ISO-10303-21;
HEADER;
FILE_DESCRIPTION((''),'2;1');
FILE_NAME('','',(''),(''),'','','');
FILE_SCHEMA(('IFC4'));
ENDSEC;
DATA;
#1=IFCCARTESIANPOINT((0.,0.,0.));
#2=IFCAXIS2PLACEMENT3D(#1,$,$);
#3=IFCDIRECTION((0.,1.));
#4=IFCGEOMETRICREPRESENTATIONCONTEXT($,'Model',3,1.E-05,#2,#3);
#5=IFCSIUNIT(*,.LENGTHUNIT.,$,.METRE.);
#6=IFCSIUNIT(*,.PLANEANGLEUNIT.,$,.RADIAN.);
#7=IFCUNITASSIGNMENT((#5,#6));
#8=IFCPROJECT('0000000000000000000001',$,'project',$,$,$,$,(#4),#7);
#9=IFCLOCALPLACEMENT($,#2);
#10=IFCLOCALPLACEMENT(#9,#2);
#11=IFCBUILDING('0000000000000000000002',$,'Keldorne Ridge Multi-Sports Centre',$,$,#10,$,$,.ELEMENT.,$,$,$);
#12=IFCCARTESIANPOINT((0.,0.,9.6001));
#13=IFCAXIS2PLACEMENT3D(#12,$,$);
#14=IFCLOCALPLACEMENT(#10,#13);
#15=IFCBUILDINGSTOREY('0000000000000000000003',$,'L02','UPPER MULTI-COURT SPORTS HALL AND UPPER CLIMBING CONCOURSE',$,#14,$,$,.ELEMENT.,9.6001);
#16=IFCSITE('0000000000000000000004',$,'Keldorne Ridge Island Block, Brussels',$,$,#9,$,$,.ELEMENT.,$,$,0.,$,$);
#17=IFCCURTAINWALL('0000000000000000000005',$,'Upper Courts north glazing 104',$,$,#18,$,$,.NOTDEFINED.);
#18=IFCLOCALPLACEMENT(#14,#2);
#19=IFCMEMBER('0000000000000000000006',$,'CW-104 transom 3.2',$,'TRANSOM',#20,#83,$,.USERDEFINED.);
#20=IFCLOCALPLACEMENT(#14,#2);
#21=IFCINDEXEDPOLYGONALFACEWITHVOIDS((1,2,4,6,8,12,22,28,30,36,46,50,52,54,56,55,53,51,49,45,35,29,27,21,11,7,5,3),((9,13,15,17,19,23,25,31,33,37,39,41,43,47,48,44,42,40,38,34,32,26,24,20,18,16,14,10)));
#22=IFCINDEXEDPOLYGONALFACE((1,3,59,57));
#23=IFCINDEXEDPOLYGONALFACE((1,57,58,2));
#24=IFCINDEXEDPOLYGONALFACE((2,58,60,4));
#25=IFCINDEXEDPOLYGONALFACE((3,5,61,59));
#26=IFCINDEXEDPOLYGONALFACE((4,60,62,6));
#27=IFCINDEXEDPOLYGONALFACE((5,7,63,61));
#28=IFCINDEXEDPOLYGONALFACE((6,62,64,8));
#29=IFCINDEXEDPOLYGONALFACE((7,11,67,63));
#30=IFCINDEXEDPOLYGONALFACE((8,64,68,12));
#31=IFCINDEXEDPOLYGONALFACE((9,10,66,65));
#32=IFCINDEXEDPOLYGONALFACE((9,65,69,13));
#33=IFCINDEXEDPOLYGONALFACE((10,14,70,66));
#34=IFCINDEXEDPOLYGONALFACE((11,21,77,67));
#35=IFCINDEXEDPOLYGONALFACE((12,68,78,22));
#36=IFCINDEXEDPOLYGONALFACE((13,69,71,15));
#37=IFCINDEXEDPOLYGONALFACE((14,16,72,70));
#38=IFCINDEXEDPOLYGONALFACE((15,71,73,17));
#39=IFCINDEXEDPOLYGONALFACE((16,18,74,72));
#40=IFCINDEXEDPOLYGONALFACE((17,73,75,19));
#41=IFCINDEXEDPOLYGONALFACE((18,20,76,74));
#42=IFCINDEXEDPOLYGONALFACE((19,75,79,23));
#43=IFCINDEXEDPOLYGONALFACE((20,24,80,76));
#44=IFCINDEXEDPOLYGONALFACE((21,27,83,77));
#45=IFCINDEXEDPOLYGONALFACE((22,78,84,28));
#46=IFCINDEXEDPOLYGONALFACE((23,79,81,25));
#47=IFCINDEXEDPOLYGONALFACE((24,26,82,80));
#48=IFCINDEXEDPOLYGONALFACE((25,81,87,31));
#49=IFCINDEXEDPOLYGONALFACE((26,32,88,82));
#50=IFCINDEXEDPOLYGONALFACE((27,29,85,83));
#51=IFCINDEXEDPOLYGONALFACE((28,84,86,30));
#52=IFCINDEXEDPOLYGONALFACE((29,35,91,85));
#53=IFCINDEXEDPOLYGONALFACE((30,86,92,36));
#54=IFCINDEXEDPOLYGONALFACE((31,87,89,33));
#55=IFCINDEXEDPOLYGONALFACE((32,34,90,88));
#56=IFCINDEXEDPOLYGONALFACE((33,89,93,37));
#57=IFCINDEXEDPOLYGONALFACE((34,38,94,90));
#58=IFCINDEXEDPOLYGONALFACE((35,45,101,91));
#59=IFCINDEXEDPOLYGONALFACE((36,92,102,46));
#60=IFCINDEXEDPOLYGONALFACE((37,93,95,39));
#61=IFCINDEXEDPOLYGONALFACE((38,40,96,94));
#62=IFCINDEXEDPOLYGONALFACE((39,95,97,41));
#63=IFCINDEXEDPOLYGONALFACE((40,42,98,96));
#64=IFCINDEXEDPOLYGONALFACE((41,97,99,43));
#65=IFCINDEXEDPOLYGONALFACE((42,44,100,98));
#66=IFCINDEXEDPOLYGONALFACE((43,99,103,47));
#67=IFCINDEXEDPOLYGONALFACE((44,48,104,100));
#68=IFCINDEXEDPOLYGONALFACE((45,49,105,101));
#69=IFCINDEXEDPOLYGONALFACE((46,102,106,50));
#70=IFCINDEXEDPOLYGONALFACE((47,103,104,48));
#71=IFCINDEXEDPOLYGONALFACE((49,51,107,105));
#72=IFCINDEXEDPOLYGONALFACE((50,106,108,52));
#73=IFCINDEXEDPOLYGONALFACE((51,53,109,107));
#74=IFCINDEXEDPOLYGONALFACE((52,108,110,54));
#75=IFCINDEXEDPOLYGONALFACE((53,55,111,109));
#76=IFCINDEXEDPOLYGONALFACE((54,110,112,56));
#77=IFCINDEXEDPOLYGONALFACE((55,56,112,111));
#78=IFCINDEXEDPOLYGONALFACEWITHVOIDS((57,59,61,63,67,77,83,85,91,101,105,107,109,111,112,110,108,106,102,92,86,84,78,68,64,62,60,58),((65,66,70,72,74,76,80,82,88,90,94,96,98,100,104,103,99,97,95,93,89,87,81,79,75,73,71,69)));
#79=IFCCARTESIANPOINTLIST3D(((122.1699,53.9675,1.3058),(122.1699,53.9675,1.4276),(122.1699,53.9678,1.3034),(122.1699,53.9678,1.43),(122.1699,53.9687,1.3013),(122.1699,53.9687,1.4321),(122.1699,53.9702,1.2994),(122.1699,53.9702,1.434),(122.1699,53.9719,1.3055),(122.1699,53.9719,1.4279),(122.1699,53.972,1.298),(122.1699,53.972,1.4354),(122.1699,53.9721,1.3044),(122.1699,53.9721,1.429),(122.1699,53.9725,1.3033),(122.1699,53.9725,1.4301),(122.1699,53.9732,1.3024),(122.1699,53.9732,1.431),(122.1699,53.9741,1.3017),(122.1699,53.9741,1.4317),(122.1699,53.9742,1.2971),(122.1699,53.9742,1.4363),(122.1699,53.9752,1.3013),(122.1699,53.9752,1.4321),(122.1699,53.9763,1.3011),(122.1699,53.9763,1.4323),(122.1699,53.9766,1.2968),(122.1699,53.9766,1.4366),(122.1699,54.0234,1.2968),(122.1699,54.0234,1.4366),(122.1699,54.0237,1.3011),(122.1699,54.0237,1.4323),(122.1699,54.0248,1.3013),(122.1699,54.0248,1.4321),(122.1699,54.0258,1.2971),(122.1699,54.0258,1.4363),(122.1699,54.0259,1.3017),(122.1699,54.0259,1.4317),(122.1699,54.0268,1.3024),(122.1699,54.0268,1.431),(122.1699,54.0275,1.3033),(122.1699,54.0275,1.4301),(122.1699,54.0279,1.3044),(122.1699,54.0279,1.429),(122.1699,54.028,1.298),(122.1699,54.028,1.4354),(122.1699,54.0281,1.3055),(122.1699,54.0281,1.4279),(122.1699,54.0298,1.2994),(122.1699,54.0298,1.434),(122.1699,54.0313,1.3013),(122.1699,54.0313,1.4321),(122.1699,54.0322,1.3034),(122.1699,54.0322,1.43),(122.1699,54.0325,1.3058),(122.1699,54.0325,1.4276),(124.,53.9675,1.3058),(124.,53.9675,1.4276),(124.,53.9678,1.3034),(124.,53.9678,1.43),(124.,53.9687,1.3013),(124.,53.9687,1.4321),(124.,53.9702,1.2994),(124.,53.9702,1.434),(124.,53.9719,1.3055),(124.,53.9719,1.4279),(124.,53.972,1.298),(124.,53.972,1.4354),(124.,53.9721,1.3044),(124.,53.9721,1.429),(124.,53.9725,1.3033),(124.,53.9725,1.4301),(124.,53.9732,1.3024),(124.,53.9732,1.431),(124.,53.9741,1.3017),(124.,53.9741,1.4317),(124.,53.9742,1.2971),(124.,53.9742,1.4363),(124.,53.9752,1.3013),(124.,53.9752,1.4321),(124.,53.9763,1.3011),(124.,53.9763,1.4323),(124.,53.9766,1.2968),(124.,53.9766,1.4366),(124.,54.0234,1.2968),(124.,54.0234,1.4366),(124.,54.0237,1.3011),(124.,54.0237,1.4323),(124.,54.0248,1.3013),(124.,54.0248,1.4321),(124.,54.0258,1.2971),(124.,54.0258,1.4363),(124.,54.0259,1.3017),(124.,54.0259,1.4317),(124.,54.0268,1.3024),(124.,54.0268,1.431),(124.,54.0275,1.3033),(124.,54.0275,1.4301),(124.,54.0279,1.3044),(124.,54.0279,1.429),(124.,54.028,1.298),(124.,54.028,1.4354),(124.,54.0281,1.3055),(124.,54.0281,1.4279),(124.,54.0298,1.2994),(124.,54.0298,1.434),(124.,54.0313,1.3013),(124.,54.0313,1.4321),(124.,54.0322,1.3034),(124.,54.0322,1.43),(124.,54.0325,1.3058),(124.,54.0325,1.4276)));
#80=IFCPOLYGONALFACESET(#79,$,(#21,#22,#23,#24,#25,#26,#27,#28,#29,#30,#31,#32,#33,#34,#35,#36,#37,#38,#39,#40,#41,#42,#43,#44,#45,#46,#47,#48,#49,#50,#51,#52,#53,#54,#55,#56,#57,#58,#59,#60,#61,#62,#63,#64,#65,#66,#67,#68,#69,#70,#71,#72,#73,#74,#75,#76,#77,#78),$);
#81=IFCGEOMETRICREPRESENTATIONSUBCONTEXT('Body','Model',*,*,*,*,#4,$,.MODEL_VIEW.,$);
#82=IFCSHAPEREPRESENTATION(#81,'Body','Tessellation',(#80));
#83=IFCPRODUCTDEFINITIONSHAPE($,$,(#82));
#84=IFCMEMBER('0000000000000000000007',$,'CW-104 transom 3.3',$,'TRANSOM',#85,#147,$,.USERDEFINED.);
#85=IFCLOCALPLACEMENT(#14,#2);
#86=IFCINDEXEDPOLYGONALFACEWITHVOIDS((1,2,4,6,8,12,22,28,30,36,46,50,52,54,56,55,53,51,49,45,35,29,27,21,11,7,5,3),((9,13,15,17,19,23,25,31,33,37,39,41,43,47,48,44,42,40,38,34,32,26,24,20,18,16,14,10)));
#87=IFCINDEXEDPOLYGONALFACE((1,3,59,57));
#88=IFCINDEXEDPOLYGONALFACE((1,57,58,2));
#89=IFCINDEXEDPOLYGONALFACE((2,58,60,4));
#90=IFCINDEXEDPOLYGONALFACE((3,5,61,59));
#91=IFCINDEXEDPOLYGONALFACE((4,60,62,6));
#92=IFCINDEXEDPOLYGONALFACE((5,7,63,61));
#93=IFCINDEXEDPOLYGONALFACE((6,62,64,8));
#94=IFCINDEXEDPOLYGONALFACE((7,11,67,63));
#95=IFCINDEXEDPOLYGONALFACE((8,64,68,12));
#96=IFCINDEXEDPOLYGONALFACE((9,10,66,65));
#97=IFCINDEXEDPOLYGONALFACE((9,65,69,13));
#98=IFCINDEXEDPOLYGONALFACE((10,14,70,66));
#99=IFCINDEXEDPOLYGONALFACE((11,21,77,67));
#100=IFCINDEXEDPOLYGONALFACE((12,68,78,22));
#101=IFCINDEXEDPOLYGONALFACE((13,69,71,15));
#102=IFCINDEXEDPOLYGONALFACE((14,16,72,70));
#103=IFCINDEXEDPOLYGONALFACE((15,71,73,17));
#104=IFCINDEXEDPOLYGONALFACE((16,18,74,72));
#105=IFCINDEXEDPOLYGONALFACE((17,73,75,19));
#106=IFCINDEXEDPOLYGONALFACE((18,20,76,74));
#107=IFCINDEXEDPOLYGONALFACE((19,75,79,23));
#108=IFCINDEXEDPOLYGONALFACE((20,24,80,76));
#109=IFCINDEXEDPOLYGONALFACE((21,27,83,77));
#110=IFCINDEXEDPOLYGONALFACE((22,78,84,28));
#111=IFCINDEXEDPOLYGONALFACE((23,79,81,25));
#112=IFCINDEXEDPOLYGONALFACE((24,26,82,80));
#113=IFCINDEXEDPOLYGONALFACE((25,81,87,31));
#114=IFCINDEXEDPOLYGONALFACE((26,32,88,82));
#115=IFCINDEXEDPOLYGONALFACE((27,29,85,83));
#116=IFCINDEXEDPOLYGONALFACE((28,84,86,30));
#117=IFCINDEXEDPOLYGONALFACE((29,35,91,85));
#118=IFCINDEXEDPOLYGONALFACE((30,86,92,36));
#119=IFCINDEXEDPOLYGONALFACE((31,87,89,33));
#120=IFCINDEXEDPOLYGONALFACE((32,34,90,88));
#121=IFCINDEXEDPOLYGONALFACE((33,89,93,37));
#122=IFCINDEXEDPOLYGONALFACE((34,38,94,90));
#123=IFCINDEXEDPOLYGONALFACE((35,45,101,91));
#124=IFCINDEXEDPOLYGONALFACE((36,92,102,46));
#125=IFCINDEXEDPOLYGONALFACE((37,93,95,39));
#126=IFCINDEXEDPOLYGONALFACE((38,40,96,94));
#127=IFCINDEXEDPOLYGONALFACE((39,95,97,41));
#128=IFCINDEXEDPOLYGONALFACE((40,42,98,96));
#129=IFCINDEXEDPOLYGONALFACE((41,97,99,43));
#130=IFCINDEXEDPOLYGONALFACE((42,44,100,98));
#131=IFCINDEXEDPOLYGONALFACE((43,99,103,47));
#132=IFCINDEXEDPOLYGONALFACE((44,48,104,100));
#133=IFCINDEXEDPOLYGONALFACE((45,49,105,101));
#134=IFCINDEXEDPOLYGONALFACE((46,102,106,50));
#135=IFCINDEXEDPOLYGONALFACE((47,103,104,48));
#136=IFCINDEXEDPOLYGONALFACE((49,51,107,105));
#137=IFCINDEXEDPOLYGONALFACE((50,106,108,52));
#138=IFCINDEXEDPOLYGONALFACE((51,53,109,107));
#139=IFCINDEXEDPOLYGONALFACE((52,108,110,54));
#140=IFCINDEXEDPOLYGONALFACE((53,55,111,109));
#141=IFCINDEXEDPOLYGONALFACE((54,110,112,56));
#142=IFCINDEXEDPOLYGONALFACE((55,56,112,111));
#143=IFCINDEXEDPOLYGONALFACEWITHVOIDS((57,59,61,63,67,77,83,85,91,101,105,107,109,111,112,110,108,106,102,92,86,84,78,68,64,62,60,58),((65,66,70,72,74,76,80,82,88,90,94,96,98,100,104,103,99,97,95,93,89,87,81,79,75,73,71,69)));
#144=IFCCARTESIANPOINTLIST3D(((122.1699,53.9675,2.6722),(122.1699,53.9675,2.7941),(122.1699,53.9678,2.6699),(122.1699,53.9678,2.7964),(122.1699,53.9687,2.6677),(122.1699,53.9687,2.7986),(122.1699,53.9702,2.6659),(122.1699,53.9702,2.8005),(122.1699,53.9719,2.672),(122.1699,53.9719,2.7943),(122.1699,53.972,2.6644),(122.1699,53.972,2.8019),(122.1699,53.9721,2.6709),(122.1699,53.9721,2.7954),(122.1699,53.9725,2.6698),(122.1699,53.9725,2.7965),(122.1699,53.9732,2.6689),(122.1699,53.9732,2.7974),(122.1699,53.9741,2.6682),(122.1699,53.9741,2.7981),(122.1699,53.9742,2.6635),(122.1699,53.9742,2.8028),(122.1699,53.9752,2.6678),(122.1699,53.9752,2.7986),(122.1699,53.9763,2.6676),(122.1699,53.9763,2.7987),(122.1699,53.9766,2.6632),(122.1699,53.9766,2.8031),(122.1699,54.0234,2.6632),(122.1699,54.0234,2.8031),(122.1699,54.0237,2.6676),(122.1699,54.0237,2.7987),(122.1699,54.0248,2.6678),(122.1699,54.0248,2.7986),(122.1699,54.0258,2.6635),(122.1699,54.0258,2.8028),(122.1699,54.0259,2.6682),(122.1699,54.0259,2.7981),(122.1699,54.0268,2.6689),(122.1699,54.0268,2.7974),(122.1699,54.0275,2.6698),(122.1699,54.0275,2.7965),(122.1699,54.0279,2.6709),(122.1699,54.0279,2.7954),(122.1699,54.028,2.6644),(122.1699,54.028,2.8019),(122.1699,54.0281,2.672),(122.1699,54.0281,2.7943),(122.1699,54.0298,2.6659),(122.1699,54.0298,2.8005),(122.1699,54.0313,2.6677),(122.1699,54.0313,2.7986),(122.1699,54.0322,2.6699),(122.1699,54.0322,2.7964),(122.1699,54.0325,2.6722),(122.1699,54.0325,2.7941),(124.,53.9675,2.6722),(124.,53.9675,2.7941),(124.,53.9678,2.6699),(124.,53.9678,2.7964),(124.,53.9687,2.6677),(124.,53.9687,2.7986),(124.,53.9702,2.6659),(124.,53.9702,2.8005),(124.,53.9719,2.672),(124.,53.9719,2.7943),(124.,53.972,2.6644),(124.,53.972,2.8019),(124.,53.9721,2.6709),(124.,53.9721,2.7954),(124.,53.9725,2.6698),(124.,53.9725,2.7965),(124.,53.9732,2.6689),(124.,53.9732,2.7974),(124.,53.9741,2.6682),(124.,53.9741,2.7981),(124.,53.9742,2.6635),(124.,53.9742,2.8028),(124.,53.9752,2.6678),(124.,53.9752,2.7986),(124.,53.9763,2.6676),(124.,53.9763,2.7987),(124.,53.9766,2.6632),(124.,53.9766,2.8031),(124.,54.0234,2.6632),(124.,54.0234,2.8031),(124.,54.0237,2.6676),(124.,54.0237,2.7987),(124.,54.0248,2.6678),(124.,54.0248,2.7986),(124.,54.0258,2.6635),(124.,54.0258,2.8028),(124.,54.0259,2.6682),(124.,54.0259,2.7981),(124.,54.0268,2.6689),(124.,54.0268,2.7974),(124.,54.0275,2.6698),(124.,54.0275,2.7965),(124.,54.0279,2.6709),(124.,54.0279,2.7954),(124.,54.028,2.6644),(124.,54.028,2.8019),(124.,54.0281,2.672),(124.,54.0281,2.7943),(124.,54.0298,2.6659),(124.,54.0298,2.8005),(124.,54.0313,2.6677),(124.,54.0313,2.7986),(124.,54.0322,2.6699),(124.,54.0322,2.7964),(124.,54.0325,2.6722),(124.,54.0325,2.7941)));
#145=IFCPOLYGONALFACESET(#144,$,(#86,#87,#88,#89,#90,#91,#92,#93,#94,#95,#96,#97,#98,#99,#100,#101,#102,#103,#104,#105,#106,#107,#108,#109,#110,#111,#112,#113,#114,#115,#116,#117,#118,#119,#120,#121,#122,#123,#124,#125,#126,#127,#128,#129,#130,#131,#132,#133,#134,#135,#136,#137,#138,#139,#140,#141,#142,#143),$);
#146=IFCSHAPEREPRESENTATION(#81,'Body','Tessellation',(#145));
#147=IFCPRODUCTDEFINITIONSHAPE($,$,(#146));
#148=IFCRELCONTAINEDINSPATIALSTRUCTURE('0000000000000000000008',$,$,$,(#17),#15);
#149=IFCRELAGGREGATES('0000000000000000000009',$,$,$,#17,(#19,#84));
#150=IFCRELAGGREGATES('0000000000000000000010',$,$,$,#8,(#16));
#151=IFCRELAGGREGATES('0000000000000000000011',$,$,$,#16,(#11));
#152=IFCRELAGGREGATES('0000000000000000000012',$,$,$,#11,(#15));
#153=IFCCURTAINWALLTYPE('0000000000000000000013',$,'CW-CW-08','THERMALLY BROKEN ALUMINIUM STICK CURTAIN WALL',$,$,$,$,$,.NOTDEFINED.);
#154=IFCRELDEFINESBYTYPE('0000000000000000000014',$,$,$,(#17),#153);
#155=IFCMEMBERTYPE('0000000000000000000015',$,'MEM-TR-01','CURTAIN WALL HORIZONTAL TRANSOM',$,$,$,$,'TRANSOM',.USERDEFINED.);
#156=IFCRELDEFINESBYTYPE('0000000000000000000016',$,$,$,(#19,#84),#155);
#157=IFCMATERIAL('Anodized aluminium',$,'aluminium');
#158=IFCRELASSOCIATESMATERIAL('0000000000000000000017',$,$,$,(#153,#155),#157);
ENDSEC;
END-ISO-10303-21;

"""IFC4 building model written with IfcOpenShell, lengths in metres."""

from ifc_helpers import new_model, si_unit, direction, frame, origin, origin_2d, place, context, subcontext, project, spatial, hollow_rectangle, extrude, material, material_profile, profile_set, type_object, element, aggregate, save


model = new_model("IFC4")

# Units and contexts
model_context = context("Model", 3, precision=1e-05, world=origin(), true_north=direction((0.0, 1.0)))
body_context = subcontext(model_context, "Body", "Model", "MODEL_VIEW")
ifc_project = project(units=[si_unit("LENGTHUNIT", "METRE"), si_unit("PLANEANGLEUNIT", "RADIAN")], contexts=[model_context])

# Site, building, storey
site_placement = place(None, origin())
site = spatial("IfcSite", under=ifc_project, at=site_placement, Name="Keldorne Ridge Island Block, Brussels", CompositionType="ELEMENT", RefElevation=0.0)
building_placement = place(site_placement, origin())
building = spatial("IfcBuilding", under=site, at=building_placement, Name="Keldorne Ridge Multi-Sports Centre", CompositionType="ELEMENT")
storey_placement = place(building_placement, frame((0.0, 0.0, 9.6001)))
storey = spatial("IfcBuildingStorey", under=building, at=storey_placement, Name="L02", Description="UPPER MULTI-COURT SPORTS HALL AND UPPER CLIMBING CONCOURSE", CompositionType="ELEMENT", Elevation=9.6001)

# Curtain wall, members
ifc_material_1 = material(Name="Anodized aluminium", Category="aluminium")
curtain_wall_type = type_object("IfcCurtainWallType", Name="CW-CW-08", Description="THERMALLY BROKEN ALUMINIUM STICK CURTAIN WALL", PredefinedType="NOTDEFINED", material=ifc_material_1)
curtain_wall_placement = place(storey_placement, origin())
curtain_wall = element("IfcCurtainWall", 1, at=curtain_wall_placement, inside=storey, type_object=curtain_wall_type, Name="Upper Courts north glazing 104", PredefinedType="NOTDEFINED")
ifc_material_profile_1 = material_profile(ifc_material_1, hollow_rectangle(XDim=0.0649, YDim=0.1399, WallThickness=0.0044, InnerFilletRadius=0.0044, OuterFilletRadius=0.009, at=origin_2d()), Name="ALU TRANSOM 140x65x4.5")
ifc_profile_set_1 = profile_set([ifc_material_profile_1], Name="Anodized aluminium")
member_type_1 = type_object("IfcMemberType", Name="MEM-TR-01", Description="CURTAIN WALL HORIZONTAL TRANSOM", ElementType="TRANSOM", PredefinedType="USERDEFINED", material=ifc_profile_set_1)
member_1_placement = place(storey_placement, frame((124.0, 54.0, 1.3667), z_axis=(-1.0, 0.0, 0.0), x_axis=(0.0, -1.0, 0.0)))
member_1 = element("IfcMember", 2, at=member_1_placement, type_object=member_type_1, Name="CW-104 transom 3.2", ObjectType="TRANSOM", PredefinedType="USERDEFINED", context=body_context, shape_type="SweptSolid", body=[
    extrude(hollow_rectangle(XDim=0.0649, YDim=0.1399, WallThickness=0.0044, InnerFilletRadius=0.0044, OuterFilletRadius=0.009, at=origin_2d()), origin(), (0.0, 0.0, 1.0), 1.8301),
])
member_2_placement = place(storey_placement, frame((124.0, 54.0, 2.7332), z_axis=(-1.0, 0.0, 0.0), x_axis=(0.0, -1.0, 0.0)))
member_2 = element("IfcMember", 3, at=member_2_placement, type_object=member_type_1, Name="CW-104 transom 3.3", ObjectType="TRANSOM", PredefinedType="USERDEFINED", context=body_context, shape_type="SweptSolid", body=[
    extrude(hollow_rectangle(XDim=0.0649, YDim=0.1399, WallThickness=0.0044, InnerFilletRadius=0.0044, OuterFilletRadius=0.009, at=origin_2d()), origin(), (0.0, 0.0, 1.0), 1.8301),
])
aggregate(curtain_wall, [member_1, member_2])

save(model, "model.ifc")
